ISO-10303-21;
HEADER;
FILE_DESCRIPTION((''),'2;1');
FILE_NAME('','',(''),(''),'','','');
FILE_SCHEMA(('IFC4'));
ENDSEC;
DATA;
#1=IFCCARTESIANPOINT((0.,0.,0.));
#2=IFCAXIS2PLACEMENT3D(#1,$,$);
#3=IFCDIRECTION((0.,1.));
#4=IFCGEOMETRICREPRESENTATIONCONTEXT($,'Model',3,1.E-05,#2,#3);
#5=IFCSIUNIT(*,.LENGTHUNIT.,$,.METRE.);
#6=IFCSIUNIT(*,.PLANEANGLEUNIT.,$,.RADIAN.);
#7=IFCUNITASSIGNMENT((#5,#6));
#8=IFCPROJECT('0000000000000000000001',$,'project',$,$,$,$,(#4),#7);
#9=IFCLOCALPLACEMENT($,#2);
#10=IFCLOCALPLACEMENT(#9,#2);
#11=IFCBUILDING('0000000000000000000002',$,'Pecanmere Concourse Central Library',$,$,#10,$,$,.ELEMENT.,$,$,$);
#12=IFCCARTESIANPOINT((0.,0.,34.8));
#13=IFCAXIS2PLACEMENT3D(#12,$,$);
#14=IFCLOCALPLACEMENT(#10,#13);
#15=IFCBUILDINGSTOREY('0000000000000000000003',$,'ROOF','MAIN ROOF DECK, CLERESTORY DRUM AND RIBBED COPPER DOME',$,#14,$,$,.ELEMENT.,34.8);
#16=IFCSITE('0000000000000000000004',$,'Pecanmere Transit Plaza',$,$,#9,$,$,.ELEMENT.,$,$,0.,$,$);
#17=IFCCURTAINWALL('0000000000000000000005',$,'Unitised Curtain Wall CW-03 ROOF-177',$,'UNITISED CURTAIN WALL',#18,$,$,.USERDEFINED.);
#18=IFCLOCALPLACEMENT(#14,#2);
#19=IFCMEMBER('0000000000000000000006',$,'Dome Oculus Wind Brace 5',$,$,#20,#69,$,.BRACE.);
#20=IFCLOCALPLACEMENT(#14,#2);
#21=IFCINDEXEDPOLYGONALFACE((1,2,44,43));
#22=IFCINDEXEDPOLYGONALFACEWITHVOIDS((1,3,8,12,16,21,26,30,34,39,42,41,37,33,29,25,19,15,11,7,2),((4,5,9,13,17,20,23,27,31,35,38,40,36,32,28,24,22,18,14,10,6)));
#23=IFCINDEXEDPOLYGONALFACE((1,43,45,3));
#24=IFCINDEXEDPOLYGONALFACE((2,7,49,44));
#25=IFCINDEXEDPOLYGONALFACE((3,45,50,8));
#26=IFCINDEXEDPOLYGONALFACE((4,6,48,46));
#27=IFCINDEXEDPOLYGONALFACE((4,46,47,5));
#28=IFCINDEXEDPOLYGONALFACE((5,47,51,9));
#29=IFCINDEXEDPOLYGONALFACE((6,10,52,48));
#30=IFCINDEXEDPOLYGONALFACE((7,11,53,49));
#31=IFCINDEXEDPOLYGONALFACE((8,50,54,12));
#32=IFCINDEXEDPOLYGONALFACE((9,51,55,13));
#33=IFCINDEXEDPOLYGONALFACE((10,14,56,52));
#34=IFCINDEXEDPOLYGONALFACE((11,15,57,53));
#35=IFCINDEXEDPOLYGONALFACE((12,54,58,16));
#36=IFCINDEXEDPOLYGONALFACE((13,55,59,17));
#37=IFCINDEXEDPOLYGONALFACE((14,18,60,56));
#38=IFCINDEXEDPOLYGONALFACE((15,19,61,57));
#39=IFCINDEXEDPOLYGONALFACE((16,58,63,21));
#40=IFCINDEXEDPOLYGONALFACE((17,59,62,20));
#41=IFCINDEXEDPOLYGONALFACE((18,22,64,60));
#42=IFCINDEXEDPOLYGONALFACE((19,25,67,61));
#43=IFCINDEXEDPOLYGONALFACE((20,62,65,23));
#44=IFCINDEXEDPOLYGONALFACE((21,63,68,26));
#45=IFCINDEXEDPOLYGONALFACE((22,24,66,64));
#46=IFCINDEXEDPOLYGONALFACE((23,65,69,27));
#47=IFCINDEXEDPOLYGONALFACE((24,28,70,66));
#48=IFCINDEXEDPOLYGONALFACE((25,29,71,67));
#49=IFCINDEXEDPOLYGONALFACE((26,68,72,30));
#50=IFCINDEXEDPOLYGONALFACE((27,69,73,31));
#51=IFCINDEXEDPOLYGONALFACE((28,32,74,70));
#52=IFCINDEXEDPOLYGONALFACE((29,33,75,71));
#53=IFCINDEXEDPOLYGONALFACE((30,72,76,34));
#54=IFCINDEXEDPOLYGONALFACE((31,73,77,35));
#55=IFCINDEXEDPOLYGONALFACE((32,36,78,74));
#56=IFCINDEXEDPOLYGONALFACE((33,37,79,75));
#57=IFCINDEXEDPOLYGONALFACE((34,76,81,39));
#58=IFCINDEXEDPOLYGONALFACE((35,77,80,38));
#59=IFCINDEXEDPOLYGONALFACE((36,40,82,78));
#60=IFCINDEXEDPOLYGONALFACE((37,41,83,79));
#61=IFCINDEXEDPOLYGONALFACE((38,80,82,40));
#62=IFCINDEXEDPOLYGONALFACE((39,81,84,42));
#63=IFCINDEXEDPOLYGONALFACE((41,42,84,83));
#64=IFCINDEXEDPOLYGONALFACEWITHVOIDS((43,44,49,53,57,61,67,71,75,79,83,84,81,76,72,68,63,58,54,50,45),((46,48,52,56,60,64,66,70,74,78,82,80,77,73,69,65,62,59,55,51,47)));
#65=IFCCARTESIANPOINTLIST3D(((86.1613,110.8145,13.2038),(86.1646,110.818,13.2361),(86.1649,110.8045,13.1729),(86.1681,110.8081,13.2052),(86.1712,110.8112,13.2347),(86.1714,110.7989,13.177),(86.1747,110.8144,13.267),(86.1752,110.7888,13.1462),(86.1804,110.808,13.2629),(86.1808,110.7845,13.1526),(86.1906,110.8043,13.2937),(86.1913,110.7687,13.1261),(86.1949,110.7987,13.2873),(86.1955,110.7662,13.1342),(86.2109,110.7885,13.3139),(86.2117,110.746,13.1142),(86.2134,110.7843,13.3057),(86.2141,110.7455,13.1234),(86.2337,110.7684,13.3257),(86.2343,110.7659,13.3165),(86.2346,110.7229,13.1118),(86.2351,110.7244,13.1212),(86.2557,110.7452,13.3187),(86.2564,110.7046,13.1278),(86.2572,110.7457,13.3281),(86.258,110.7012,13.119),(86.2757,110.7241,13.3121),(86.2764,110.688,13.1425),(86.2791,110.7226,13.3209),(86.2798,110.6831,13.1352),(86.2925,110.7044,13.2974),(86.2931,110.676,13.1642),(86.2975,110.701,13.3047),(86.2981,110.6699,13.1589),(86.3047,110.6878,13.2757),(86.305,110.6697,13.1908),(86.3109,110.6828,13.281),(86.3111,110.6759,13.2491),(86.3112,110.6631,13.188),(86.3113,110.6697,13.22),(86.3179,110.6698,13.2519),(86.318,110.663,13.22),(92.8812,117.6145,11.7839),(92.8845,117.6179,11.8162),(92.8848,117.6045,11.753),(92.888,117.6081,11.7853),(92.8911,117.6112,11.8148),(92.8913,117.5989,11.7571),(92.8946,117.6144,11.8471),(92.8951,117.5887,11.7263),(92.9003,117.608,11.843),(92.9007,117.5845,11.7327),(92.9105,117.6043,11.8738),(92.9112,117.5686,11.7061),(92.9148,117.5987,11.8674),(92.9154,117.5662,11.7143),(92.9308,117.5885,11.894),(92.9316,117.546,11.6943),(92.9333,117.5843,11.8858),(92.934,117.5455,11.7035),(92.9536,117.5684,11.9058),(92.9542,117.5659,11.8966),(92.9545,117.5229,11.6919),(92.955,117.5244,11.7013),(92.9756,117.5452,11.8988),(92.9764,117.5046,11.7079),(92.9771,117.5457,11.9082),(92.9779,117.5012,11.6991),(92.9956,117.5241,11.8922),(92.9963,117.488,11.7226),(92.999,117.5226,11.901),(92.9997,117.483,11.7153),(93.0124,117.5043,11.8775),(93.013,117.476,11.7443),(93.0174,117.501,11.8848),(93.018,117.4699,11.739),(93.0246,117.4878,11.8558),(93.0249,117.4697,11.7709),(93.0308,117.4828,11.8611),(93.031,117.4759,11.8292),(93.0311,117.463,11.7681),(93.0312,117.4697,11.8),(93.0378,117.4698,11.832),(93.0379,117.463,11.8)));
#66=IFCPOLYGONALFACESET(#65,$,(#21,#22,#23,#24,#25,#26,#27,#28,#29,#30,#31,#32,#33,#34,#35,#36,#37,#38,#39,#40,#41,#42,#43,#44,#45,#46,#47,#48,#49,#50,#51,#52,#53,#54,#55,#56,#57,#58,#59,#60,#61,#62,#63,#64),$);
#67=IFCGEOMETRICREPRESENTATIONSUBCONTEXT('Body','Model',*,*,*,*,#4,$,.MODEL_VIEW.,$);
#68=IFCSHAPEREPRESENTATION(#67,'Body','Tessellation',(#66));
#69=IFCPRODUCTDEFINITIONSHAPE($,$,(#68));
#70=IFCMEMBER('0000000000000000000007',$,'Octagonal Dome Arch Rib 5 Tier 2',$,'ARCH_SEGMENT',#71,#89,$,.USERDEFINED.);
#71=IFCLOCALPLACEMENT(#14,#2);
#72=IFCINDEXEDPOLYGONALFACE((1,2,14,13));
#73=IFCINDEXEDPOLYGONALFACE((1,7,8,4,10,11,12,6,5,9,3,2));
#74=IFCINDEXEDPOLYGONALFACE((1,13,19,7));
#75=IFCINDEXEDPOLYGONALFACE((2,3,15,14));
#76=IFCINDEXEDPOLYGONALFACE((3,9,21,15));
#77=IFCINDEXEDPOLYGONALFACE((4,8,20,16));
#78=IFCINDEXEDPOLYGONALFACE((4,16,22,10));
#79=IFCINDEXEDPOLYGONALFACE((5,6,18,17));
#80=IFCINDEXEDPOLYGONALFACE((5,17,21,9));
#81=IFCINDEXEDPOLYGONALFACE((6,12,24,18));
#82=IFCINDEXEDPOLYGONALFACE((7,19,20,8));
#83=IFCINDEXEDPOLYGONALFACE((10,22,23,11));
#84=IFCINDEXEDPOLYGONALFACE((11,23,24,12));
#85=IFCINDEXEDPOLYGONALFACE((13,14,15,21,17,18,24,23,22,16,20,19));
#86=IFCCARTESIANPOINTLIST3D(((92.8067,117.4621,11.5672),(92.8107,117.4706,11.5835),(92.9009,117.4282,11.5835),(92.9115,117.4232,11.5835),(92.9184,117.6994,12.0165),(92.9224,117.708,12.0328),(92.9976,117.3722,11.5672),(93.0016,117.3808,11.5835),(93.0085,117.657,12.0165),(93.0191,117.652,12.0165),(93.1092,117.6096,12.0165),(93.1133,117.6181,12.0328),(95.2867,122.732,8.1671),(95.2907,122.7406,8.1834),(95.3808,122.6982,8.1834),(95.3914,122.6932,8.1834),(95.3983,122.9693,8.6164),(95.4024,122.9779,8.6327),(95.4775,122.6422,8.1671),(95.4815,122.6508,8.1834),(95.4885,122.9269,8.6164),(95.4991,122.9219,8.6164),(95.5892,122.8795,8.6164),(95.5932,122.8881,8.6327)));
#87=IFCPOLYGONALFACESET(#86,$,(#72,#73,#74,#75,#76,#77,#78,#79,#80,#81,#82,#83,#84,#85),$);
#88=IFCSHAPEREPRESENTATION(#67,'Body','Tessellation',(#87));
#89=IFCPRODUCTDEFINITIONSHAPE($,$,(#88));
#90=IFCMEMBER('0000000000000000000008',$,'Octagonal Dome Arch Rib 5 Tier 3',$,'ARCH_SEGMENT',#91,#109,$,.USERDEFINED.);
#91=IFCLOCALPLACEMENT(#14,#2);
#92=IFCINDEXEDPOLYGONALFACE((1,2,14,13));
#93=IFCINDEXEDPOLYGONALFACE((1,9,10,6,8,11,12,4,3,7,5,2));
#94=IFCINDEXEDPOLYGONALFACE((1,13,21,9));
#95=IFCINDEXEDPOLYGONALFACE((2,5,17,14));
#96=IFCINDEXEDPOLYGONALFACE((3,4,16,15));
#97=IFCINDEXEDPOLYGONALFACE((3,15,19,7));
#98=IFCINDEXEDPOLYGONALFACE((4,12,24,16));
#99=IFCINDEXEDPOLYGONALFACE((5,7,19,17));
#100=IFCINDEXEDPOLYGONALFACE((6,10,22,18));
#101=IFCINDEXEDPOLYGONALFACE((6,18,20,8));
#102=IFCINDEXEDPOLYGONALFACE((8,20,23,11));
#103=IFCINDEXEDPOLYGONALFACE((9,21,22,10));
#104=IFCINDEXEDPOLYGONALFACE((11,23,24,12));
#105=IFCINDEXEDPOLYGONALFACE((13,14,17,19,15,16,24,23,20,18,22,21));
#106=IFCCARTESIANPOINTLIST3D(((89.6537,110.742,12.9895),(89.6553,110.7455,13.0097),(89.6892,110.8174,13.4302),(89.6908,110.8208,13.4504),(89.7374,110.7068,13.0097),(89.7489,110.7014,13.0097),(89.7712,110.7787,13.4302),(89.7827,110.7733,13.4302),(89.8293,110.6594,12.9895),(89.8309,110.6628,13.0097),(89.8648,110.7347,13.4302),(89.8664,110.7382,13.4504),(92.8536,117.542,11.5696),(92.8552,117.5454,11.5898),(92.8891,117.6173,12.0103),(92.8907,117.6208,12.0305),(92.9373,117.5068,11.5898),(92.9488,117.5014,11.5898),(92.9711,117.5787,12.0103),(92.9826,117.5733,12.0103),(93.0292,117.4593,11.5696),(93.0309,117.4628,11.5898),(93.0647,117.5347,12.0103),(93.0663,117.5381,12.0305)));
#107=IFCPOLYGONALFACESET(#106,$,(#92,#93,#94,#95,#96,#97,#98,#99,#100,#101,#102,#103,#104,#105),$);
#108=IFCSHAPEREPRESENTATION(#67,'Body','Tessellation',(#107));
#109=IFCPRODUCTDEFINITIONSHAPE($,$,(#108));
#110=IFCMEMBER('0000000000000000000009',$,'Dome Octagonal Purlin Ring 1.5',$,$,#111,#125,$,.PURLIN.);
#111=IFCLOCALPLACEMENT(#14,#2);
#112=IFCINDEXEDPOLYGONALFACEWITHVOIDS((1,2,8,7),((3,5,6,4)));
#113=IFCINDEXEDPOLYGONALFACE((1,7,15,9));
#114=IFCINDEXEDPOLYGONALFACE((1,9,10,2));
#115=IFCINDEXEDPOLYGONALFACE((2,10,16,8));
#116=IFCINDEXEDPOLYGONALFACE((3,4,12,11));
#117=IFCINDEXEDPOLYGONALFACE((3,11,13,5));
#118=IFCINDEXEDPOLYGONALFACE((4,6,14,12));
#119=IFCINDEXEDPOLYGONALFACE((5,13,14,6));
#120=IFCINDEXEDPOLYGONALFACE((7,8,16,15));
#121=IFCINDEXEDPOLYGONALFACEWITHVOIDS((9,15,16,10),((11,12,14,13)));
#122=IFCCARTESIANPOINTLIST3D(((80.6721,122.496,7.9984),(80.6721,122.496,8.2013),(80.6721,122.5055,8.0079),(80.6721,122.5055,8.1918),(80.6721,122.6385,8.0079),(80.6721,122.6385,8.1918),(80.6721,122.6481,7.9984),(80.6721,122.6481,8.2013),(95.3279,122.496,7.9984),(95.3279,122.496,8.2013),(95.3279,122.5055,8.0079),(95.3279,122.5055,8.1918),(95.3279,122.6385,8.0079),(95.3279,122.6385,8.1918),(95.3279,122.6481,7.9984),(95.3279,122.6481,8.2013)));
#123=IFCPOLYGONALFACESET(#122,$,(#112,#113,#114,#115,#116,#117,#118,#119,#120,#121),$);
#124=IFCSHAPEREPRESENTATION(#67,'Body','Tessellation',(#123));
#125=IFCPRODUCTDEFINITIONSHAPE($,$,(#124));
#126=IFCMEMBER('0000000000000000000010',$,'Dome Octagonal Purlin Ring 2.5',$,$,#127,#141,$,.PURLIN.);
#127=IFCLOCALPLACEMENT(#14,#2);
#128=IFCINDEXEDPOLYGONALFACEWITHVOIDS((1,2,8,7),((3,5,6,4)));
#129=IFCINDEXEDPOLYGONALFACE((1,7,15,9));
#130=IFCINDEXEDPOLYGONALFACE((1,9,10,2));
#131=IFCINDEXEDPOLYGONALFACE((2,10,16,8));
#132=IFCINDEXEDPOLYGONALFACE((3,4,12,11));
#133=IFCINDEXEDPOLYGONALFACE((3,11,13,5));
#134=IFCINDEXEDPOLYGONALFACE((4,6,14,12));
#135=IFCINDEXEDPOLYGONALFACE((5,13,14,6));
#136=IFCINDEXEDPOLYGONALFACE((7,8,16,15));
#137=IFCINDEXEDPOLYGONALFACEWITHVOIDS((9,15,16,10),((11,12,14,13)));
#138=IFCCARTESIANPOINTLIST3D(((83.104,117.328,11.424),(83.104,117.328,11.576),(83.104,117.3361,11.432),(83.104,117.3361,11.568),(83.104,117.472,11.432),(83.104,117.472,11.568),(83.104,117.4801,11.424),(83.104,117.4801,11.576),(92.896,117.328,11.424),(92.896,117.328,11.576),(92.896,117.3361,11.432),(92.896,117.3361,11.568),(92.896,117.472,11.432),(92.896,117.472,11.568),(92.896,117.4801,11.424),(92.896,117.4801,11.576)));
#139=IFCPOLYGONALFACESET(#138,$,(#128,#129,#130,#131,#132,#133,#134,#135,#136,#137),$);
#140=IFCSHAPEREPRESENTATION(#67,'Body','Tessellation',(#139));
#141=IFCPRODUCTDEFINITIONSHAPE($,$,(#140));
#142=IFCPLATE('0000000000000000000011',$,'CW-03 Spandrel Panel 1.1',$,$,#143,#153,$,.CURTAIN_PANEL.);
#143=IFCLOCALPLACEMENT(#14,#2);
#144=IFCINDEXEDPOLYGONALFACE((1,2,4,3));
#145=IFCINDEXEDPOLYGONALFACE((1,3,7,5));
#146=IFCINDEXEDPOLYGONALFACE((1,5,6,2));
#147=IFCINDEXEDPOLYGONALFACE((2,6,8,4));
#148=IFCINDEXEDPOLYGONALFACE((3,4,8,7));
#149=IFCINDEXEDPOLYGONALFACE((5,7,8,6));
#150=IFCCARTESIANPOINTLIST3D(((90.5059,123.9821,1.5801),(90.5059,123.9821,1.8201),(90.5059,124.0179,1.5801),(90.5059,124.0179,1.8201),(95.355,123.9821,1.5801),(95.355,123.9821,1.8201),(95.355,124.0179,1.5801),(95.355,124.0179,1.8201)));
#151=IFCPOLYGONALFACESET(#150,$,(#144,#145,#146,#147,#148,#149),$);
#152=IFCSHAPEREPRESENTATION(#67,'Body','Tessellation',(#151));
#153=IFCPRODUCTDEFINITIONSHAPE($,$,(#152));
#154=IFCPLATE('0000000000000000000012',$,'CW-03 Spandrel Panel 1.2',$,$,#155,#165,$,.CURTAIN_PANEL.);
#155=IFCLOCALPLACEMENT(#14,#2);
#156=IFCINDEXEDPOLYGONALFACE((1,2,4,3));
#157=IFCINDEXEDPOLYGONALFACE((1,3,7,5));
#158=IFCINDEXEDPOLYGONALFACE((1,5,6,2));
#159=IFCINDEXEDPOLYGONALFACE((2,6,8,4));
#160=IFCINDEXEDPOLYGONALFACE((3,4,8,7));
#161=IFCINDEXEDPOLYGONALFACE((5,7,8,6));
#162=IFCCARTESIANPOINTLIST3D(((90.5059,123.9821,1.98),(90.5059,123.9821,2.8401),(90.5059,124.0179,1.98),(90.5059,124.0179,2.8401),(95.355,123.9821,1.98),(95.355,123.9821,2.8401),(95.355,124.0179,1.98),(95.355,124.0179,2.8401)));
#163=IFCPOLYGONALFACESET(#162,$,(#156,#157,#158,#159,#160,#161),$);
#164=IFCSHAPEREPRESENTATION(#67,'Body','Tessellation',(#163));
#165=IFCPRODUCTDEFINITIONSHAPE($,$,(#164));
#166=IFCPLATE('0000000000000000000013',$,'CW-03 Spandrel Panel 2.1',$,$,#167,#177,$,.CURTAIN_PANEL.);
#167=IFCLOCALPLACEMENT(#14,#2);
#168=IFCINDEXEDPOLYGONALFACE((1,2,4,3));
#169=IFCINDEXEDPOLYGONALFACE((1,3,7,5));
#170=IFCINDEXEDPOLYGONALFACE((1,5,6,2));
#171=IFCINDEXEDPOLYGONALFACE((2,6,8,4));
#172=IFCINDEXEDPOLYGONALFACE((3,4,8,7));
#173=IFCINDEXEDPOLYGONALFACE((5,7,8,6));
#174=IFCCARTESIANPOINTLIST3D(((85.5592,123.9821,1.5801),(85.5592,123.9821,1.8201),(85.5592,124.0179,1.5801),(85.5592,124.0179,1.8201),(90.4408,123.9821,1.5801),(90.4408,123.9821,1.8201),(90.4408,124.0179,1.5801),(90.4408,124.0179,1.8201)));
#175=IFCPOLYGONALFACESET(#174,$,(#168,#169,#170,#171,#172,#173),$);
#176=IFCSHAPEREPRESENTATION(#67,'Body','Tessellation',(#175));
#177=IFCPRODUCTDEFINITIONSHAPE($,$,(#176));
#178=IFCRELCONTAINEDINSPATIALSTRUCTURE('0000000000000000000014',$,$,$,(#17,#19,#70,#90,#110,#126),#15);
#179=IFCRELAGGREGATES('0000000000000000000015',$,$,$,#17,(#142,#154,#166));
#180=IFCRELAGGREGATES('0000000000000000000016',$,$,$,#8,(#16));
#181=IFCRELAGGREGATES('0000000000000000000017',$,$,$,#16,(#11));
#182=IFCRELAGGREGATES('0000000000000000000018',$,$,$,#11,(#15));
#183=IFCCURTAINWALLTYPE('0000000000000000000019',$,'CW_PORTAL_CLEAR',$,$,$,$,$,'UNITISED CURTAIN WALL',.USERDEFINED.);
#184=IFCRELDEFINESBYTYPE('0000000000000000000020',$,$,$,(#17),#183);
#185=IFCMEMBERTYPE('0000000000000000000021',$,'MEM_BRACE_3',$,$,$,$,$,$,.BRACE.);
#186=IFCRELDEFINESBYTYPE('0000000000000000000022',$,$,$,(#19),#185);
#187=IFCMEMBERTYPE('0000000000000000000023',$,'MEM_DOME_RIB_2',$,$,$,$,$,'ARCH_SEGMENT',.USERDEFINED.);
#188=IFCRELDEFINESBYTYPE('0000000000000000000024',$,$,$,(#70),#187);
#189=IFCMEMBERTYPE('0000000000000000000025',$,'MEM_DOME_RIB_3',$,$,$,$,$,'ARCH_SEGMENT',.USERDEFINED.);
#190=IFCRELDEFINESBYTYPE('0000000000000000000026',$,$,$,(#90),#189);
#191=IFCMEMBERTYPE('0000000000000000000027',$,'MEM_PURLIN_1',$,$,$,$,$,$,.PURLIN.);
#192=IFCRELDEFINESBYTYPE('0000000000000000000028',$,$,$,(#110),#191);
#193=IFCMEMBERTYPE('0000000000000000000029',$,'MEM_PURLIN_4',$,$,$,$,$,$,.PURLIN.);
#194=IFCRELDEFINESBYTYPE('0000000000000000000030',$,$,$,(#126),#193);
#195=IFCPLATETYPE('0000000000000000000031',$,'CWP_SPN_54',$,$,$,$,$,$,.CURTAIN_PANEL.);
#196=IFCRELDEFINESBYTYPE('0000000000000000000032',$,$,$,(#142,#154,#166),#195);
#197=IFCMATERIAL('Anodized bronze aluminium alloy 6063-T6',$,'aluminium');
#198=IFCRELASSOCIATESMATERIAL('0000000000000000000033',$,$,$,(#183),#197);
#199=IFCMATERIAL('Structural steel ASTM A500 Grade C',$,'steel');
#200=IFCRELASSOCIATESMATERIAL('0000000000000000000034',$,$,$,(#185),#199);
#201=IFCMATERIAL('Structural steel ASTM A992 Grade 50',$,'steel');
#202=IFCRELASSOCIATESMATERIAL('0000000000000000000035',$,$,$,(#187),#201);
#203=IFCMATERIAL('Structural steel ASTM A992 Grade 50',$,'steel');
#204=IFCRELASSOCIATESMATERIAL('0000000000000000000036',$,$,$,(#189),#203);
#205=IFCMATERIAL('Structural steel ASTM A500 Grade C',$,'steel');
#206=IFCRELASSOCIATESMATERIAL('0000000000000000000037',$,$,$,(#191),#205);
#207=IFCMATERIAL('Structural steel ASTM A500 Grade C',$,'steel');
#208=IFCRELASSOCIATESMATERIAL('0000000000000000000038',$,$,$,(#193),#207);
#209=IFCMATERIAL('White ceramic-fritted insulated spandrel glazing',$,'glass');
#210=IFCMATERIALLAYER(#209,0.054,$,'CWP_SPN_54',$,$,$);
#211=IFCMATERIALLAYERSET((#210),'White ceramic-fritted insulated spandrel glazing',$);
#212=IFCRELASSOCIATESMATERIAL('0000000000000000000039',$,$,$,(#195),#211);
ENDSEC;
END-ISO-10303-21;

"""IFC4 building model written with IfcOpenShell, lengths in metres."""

from ifc_helpers import new_model, si_unit, direction, frame, origin, origin_2d, place, context, subcontext, project, spatial, rectangle, hollow_rectangle, hollow_circle, i_section, extrude, material, layer, layer_set, material_profile, profile_set, type_object, element, aggregate, save


model = new_model("IFC4")

# Units and contexts
model_context = context("Model", 3, precision=1e-05, world=origin(), true_north=direction((0.0, 1.0)))
body_context = subcontext(model_context, "Body", "Model", "MODEL_VIEW")
ifc_project = project(units=[si_unit("LENGTHUNIT", "METRE"), si_unit("PLANEANGLEUNIT", "RADIAN")], contexts=[model_context])

# Site, building, storey
site_placement = place(None, origin())
site = spatial("IfcSite", under=ifc_project, at=site_placement, Name="Pecanmere Transit Plaza", CompositionType="ELEMENT", RefElevation=0.0)
building_placement = place(site_placement, origin())
building = spatial("IfcBuilding", under=site, at=building_placement, Name="Pecanmere Concourse Central Library", CompositionType="ELEMENT")
storey_placement = place(building_placement, frame((0.0, 0.0, 34.8)))
storey = spatial("IfcBuildingStorey", under=building, at=storey_placement, Name="ROOF", Description="MAIN ROOF DECK, CLERESTORY DRUM AND RIBBED COPPER DOME", CompositionType="ELEMENT", Elevation=34.8)

# Curtain wall
ifc_material_1 = material(Name="Anodized bronze aluminium alloy 6063-T6", Category="aluminium")
curtain_wall_type = type_object("IfcCurtainWallType", Name="CW_PORTAL_CLEAR", ElementType="UNITISED CURTAIN WALL", PredefinedType="USERDEFINED", material=ifc_material_1)
curtain_wall_placement = place(storey_placement, origin())
curtain_wall = element("IfcCurtainWall", 1, at=curtain_wall_placement, inside=storey, type_object=curtain_wall_type, Name="Unitised Curtain Wall CW-03 ROOF-177", ObjectType="UNITISED CURTAIN WALL", PredefinedType="USERDEFINED")

# Members
ifc_material_2 = material(Name="Structural steel ASTM A500 Grade C", Category="steel")
ifc_material_profile_1 = material_profile(ifc_material_2, hollow_circle(Radius=0.1096, WallThickness=0.0095, at=origin_2d()), Name="HSS219.1x9.5")
ifc_profile_set_1 = profile_set([ifc_material_profile_1], Name="Structural steel ASTM A500 Grade C")
member_type_1 = type_object("IfcMemberType", Name="MEM_BRACE_3", PredefinedType="BRACE", material=ifc_profile_set_1)
member_1_placement = place(storey_placement, frame((92.96, 117.54, 11.8), z_axis=(-0.695279, -0.703565, 0.146912), x_axis=(0.711282, -0.702906, 0.0)))
element("IfcMember", 2, at=member_1_placement, inside=storey, type_object=member_type_1, Name="Dome Oculus Wind Brace 5", PredefinedType="BRACE", context=body_context, shape_type="SweptSolid", body=[
    extrude(hollow_circle(Radius=0.1096, WallThickness=0.0095, at=origin_2d()), origin(), (0.0, 0.0, 1.0), 9.665),
])
ifc_material_3 = material(Name="Structural steel ASTM A992 Grade 50", Category="steel")
ifc_material_profile_2 = material_profile(ifc_material_3, i_section(OverallWidth=0.2109, OverallDepth=0.5391, WebThickness=0.0117, FlangeThickness=0.0188, at=origin_2d()), Name="W530x109")
ifc_profile_set_2 = profile_set([ifc_material_profile_2], Name="Structural steel ASTM A992 Grade 50")
member_type_2 = type_object("IfcMemberType", Name="MEM_DOME_RIB_2", ElementType="ARCH_SEGMENT", PredefinedType="USERDEFINED", material=ifc_profile_set_2)
member_2_placement = place(storey_placement, frame((95.4399, 122.8101, 8.3999), z_axis=(-0.36772, -0.781414, 0.504158), x_axis=(0.904821, -0.425793, 0.0)))
element("IfcMember", 3, at=member_2_placement, inside=storey, type_object=member_type_2, Name="Octagonal Dome Arch Rib 5 Tier 2", ObjectType="ARCH_SEGMENT", PredefinedType="USERDEFINED", context=body_context, shape_type="SweptSolid", body=[
    extrude(i_section(OverallWidth=0.2109, OverallDepth=0.5391, WebThickness=0.0117, FlangeThickness=0.0188, at=origin_2d()), origin(), (0.0, 0.0, 1.0), 6.7441),
])
ifc_material_4 = material(Name="Structural steel ASTM A992 Grade 50", Category="steel")
ifc_material_profile_3 = material_profile(ifc_material_4, i_section(OverallWidth=0.1941, OverallDepth=0.469, WebThickness=0.0127, FlangeThickness=0.0205, at=origin_2d()), Name="W460x106")
ifc_profile_set_3 = profile_set([ifc_material_profile_3], Name="Structural steel ASTM A992 Grade 50")
member_type_3 = type_object("IfcMemberType", Name="MEM_DOME_RIB_3", ElementType="ARCH_SEGMENT", PredefinedType="USERDEFINED", material=ifc_profile_set_3)
member_3_placement = place(storey_placement, frame((92.96, 117.54, 11.8), z_axis=(-0.418387, -0.889093, 0.185652), x_axis=(0.904822, -0.425789, 0.0)))
element("IfcMember", 4, at=member_3_placement, inside=storey, type_object=member_type_3, Name="Octagonal Dome Arch Rib 5 Tier 3", ObjectType="ARCH_SEGMENT", PredefinedType="USERDEFINED", context=body_context, shape_type="SweptSolid", body=[
    extrude(i_section(OverallWidth=0.1941, OverallDepth=0.469, WebThickness=0.0127, FlangeThickness=0.0205, at=origin_2d()), origin(), (0.0, 0.0, 1.0), 7.6482),
])
ifc_material_5 = material(Name="Structural steel ASTM A500 Grade C", Category="steel")
ifc_material_profile_4 = material_profile(ifc_material_5, hollow_rectangle(XDim=0.1521, YDim=0.2029, WallThickness=0.0095, at=origin_2d()), Name="HSS203x152x9.5")
ifc_profile_set_4 = profile_set([ifc_material_profile_4], Name="Structural steel ASTM A500 Grade C")
member_type_4 = type_object("IfcMemberType", Name="MEM_PURLIN_1", PredefinedType="PURLIN", material=ifc_profile_set_4)
member_4_placement = place(storey_placement, frame((95.3279, 122.572, 8.0999), z_axis=(-1.0, 0.0, 0.0), x_axis=(0.0, -1.0, 0.0)))
element("IfcMember", 5, at=member_4_placement, inside=storey, type_object=member_type_4, Name="Dome Octagonal Purlin Ring 1.5", PredefinedType="PURLIN", context=body_context, shape_type="SweptSolid", body=[
    extrude(hollow_rectangle(XDim=0.1521, YDim=0.2029, WallThickness=0.0095, at=origin_2d()), origin(), (0.0, 0.0, 1.0), 14.6558),
])
ifc_material_6 = material(Name="Structural steel ASTM A500 Grade C", Category="steel")
ifc_material_profile_5 = material_profile(ifc_material_6, hollow_rectangle(XDim=0.1521, YDim=0.1521, WallThickness=0.0081, at=origin_2d()), Name="HSS152x152x8.0")
ifc_profile_set_5 = profile_set([ifc_material_profile_5], Name="Structural steel ASTM A500 Grade C")
member_type_5 = type_object("IfcMemberType", Name="MEM_PURLIN_4", PredefinedType="PURLIN", material=ifc_profile_set_5)
member_5_placement = place(storey_placement, frame((92.896, 117.4041, 11.5), z_axis=(-1.0, 0.0, 0.0), x_axis=(0.0, -1.0, 0.0)))
element("IfcMember", 6, at=member_5_placement, inside=storey, type_object=member_type_5, Name="Dome Octagonal Purlin Ring 2.5", PredefinedType="PURLIN", context=body_context, shape_type="SweptSolid", body=[
    extrude(hollow_rectangle(XDim=0.1521, YDim=0.1521, WallThickness=0.0081, at=origin_2d()), origin(), (0.0, 0.0, 1.0), 9.792),
])

# Plates
ifc_material_7 = material(Name="White ceramic-fritted insulated spandrel glazing", Category="glass")
ifc_layer_1 = layer(ifc_material_7, 0.054, Name="CWP_SPN_54")
ifc_layer_set_1 = layer_set([ifc_layer_1], Name="White ceramic-fritted insulated spandrel glazing")
plate_type_1 = type_object("IfcPlateType", Name="CWP_SPN_54", PredefinedType="CURTAIN_PANEL", material=ifc_layer_set_1)
plate_1_placement = place(storey_placement, frame((92.9304, 124.0, 1.5801), z_axis=(0.0, 0.0, 1.0), x_axis=(-1.0, 0.0, 0.0)))
plate_1 = element("IfcPlate", 7, at=plate_1_placement, type_object=plate_type_1, Name="CW-03 Spandrel Panel 1.1", PredefinedType="CURTAIN_PANEL", context=body_context, shape_type="SweptSolid", body=[
    extrude(rectangle(XDim=4.8491, YDim=0.0359, at=origin_2d()), origin(), (0.0, 0.0, 1.0), 0.24),
])
plate_2_placement = place(storey_placement, frame((92.9304, 124.0, 1.98), z_axis=(0.0, 0.0, 1.0), x_axis=(-1.0, 0.0, 0.0)))
plate_2 = element("IfcPlate", 8, at=plate_2_placement, type_object=plate_type_1, Name="CW-03 Spandrel Panel 1.2", PredefinedType="CURTAIN_PANEL", context=body_context, shape_type="SweptSolid", body=[
    extrude(rectangle(XDim=4.8491, YDim=0.0359, at=origin_2d()), origin(), (0.0, 0.0, 1.0), 0.8601),
])
plate_3_placement = place(storey_placement, frame((88.0, 124.0, 1.5801), z_axis=(0.0, 0.0, 1.0), x_axis=(-1.0, 0.0, 0.0)))
plate_3 = element("IfcPlate", 9, at=plate_3_placement, type_object=plate_type_1, Name="CW-03 Spandrel Panel 2.1", PredefinedType="CURTAIN_PANEL", context=body_context, shape_type="SweptSolid", body=[
    extrude(rectangle(XDim=4.8816, YDim=0.0359, at=origin_2d()), origin(), (0.0, 0.0, 1.0), 0.24),
])
aggregate(curtain_wall, [plate_1, plate_2, plate_3])

save(model, "model.ifc")
